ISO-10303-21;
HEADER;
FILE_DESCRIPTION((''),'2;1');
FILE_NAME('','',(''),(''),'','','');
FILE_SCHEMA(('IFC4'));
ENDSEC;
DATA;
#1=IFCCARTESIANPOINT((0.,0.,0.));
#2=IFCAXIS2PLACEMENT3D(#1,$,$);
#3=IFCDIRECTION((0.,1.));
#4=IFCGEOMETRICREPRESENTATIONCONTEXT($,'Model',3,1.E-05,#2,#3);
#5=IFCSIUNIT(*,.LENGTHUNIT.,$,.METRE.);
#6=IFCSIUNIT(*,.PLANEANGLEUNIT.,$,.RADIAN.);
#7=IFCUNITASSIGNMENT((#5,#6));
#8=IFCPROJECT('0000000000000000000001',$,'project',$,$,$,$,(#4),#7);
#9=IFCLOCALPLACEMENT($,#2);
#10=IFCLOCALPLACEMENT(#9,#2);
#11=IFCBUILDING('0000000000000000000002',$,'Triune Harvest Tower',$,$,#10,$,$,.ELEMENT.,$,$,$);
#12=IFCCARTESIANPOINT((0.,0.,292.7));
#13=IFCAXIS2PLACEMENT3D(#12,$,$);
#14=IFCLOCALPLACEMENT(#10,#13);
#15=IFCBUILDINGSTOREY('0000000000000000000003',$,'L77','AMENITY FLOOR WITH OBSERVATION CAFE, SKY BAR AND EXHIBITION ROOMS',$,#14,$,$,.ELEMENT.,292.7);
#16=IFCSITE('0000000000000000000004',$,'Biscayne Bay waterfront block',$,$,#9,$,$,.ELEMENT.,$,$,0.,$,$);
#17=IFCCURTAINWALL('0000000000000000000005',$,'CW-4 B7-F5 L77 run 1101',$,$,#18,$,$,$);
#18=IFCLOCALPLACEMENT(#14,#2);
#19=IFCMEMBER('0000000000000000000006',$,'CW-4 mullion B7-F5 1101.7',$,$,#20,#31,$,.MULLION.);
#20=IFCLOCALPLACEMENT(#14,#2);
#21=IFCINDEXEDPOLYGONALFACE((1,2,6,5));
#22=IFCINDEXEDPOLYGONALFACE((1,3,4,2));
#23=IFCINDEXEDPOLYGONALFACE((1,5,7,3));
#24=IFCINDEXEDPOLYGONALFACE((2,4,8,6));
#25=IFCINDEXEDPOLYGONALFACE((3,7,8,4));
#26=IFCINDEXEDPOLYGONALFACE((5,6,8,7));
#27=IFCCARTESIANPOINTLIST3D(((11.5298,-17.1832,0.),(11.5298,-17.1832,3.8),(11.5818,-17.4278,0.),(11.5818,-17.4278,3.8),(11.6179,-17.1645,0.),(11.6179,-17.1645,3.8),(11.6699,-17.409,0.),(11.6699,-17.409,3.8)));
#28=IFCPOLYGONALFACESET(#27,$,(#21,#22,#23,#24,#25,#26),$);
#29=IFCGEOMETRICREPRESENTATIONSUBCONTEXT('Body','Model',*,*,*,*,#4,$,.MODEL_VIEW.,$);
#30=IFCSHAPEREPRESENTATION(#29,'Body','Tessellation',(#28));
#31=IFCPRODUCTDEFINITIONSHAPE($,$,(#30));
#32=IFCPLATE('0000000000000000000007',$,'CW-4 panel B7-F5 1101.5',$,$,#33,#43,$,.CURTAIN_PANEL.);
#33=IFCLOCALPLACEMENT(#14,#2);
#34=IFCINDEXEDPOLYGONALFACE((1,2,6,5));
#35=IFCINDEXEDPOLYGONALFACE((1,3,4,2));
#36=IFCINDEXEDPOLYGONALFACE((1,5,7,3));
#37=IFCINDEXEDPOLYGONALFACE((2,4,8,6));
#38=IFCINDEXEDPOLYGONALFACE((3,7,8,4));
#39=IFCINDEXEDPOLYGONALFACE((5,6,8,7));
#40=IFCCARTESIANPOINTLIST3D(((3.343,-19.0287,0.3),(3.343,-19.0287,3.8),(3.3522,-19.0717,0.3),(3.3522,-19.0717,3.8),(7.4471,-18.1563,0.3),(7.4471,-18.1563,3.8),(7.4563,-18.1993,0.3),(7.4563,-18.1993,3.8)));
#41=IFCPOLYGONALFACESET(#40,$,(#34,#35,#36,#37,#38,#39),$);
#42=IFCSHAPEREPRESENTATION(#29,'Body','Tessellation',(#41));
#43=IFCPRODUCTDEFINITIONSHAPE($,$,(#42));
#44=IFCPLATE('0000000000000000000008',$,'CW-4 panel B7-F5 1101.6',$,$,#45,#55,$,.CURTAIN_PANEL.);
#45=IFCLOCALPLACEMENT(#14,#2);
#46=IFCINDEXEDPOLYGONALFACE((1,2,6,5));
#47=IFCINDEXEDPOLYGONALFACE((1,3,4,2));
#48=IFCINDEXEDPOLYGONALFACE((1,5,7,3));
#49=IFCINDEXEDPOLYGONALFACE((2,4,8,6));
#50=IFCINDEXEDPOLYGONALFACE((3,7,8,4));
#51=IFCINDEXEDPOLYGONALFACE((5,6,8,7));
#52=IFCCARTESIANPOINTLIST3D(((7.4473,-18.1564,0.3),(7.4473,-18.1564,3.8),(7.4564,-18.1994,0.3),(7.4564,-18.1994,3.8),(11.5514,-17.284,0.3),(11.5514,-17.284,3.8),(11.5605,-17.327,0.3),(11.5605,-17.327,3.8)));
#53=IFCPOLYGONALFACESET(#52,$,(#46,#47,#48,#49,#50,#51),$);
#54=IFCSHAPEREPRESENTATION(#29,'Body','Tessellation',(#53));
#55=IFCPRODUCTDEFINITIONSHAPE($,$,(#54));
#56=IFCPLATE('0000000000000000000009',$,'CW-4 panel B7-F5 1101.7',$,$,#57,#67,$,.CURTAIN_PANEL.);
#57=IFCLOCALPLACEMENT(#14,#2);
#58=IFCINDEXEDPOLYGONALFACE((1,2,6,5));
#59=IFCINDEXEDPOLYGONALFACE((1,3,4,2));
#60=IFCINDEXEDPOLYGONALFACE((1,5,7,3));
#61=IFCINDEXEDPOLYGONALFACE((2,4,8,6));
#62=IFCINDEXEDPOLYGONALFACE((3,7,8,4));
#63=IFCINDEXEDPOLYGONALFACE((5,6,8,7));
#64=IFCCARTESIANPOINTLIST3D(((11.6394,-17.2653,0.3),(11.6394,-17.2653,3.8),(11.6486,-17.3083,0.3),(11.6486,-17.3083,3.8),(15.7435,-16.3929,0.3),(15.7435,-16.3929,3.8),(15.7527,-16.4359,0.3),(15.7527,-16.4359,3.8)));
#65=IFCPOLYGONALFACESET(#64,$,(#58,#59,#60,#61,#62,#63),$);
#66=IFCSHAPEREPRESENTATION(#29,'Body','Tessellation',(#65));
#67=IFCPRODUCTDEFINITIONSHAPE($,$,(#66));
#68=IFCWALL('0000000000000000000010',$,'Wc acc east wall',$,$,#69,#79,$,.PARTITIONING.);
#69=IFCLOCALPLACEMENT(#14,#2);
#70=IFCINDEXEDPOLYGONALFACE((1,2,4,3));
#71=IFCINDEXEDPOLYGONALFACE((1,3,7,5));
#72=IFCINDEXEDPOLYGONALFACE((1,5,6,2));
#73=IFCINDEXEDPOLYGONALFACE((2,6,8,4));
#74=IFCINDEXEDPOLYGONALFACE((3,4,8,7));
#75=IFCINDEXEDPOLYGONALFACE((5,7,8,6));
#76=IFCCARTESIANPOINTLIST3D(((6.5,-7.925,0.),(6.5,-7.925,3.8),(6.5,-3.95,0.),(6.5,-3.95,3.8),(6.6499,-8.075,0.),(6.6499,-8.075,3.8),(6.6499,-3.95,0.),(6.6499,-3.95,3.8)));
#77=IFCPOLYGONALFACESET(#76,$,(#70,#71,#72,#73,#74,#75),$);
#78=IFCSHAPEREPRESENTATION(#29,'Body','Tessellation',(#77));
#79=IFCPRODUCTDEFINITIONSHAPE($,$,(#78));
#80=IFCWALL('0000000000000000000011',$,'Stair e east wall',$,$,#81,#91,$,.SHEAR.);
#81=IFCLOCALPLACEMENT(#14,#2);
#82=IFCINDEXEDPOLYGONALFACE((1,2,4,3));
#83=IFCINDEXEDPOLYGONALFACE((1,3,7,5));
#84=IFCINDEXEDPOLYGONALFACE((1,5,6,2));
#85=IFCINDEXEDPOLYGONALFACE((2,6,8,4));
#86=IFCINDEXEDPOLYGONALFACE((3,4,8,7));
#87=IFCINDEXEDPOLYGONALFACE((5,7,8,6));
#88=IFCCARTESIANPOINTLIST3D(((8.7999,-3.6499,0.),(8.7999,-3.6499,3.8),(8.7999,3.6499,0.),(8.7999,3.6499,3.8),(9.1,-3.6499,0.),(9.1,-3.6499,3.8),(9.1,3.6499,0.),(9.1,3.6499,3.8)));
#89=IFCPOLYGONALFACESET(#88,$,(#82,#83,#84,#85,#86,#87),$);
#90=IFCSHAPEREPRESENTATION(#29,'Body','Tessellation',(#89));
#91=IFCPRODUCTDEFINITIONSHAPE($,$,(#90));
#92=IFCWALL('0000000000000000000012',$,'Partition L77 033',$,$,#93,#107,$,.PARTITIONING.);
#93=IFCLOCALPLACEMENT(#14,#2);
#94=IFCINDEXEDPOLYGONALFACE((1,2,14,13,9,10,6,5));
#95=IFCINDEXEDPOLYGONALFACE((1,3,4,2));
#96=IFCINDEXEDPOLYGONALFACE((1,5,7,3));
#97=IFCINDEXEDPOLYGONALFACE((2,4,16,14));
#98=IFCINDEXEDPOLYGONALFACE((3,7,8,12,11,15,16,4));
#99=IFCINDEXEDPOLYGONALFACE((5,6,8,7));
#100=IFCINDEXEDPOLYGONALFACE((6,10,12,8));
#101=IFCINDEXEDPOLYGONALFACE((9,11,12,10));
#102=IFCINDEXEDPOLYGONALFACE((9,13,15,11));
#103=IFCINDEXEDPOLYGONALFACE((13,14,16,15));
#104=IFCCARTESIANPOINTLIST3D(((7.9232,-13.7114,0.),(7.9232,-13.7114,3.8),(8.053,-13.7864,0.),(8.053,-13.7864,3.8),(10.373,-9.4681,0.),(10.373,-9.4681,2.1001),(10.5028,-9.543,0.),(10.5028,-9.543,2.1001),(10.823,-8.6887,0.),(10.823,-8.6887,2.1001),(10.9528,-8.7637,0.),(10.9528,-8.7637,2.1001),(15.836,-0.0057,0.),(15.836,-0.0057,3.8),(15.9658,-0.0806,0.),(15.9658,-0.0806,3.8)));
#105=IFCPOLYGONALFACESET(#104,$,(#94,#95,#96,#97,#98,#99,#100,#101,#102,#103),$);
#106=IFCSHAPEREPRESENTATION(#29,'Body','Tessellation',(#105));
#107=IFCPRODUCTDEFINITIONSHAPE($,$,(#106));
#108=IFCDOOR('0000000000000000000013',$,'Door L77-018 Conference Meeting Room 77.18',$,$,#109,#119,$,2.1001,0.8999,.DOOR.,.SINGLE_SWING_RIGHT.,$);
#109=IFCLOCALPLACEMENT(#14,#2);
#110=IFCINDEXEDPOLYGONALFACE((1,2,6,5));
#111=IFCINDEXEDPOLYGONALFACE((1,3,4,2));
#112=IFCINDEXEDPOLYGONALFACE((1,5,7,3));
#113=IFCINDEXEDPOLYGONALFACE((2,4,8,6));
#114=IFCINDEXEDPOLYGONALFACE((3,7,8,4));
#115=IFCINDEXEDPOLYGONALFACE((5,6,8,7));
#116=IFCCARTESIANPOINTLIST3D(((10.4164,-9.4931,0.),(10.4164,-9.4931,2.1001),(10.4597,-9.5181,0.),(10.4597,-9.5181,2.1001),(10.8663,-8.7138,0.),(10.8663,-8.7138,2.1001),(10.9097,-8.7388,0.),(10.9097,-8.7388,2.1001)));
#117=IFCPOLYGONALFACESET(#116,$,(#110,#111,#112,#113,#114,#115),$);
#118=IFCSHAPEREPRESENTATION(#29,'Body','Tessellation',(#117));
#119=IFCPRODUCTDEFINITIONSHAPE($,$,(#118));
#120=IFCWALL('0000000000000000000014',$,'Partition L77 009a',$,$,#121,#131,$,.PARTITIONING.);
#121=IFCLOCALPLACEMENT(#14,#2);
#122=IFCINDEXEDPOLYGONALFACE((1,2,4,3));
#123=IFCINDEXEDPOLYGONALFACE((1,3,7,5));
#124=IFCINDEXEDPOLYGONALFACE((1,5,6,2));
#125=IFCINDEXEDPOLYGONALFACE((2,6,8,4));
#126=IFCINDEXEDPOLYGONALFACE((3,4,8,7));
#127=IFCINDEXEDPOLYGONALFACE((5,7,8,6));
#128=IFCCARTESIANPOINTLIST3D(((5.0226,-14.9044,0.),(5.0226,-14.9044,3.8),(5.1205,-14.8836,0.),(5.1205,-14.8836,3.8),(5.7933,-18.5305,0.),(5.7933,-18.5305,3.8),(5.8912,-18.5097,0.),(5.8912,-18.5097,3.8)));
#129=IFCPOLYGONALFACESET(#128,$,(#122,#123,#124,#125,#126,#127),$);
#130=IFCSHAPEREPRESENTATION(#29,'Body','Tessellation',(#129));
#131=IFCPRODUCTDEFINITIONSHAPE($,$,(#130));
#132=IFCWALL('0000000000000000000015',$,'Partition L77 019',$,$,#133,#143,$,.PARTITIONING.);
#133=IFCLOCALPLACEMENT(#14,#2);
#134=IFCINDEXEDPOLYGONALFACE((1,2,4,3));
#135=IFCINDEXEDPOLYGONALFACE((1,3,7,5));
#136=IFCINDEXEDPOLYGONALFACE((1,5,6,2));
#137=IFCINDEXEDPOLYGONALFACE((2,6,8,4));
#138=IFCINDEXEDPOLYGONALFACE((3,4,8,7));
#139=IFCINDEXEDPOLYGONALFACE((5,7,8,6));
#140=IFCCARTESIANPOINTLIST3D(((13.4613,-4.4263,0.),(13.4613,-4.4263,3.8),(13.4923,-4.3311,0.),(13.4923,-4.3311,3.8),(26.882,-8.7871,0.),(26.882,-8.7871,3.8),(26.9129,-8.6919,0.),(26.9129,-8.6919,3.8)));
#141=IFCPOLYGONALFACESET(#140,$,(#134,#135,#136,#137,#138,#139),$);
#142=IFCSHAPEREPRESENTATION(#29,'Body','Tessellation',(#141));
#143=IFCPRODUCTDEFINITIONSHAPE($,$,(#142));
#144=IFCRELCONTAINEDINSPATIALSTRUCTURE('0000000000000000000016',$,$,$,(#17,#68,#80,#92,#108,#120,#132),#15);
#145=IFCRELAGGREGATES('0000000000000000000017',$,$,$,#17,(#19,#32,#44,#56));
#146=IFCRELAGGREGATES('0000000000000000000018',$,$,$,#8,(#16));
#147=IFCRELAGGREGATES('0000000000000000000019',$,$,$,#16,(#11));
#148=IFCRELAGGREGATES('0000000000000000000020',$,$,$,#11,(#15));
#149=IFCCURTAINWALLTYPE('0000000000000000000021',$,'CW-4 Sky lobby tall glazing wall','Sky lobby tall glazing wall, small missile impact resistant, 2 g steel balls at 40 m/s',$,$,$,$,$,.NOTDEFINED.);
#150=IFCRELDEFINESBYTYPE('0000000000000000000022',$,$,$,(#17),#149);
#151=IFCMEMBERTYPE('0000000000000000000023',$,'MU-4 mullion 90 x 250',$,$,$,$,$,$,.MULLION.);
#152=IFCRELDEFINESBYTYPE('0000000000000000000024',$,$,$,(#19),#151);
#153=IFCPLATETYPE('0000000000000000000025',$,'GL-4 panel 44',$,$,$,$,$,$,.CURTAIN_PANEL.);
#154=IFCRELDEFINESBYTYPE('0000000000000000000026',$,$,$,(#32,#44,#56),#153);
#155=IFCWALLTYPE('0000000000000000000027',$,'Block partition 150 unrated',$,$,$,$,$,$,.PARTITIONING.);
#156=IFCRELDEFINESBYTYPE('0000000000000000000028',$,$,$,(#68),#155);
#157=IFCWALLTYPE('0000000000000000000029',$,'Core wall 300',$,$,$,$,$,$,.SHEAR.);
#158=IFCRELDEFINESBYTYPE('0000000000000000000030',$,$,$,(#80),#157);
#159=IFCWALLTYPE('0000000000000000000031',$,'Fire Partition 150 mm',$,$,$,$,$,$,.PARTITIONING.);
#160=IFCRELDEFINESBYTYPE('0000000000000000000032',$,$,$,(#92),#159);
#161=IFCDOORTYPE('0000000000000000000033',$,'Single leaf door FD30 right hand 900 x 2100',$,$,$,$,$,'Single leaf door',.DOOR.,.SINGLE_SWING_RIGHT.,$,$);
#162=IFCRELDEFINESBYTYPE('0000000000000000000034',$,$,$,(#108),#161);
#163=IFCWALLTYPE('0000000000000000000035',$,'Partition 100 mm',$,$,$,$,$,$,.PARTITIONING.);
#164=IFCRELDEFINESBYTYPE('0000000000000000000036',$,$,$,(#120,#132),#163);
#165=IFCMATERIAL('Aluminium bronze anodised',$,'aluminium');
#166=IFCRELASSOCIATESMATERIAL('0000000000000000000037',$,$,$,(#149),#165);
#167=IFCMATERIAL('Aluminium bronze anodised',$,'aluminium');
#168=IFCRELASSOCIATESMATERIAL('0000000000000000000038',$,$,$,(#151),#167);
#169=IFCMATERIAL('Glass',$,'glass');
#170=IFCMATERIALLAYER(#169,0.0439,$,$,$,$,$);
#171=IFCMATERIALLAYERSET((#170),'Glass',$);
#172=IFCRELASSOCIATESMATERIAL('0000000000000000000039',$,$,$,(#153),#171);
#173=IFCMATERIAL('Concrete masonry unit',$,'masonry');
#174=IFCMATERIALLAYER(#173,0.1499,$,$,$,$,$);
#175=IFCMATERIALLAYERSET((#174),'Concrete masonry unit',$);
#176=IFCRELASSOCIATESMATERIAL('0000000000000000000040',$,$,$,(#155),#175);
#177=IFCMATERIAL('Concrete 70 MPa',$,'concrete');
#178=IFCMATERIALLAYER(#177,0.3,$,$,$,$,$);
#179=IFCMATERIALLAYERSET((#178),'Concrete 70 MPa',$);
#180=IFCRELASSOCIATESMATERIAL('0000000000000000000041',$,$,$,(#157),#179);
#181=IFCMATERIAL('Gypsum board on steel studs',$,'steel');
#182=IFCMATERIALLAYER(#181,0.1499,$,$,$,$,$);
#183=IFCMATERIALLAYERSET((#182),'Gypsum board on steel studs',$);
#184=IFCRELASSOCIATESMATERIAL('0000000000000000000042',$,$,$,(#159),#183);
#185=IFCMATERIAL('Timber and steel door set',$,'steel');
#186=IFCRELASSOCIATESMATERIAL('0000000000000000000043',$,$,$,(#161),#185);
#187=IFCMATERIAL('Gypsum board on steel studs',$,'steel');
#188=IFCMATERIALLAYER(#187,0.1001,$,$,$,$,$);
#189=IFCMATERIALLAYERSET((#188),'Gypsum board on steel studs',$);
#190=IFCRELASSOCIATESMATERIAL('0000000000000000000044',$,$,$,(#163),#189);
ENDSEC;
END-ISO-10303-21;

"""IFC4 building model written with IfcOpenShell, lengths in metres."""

from ifc_helpers import new_model, si_unit, direction, frame, frame_2d, origin, origin_2d, place, context, subcontext, project, spatial, polyline, rectangle, outline, extrude, source, transform, mapped, material, layer, layer_set, material_profile, profile_set, type_object, element, fill, aggregate, save


model = new_model("IFC4")

# Units and contexts
model_context = context("Model", 3, precision=1e-05, world=origin(), true_north=direction((0.0, 1.0)))
body_context = subcontext(model_context, "Body", "Model", "MODEL_VIEW")
ifc_project = project(units=[si_unit("LENGTHUNIT", "METRE"), si_unit("PLANEANGLEUNIT", "RADIAN")], contexts=[model_context])

# Site, building, storey
site_placement = place(None, origin())
site = spatial("IfcSite", under=ifc_project, at=site_placement, Name="Biscayne Bay waterfront block", CompositionType="ELEMENT", RefElevation=0.0)
building_placement = place(site_placement, origin())
building = spatial("IfcBuilding", under=site, at=building_placement, Name="Triune Harvest Tower", CompositionType="ELEMENT")
storey_placement = place(building_placement, frame((0.0, 0.0, 292.7)))
storey = spatial("IfcBuildingStorey", under=building, at=storey_placement, Name="L77", Description="AMENITY FLOOR WITH OBSERVATION CAFE, SKY BAR AND EXHIBITION ROOMS", CompositionType="ELEMENT", Elevation=292.7)

# Curtain wall
ifc_material_1 = material(Name="Aluminium bronze anodised", Category="aluminium")
curtain_wall_type = type_object("IfcCurtainWallType", Name="CW-4 Sky lobby tall glazing wall", Description="Sky lobby tall glazing wall, small missile impact resistant, 2 g steel balls at 40 m/s", PredefinedType="NOTDEFINED", material=ifc_material_1)
curtain_wall_placement = place(storey_placement, origin())
curtain_wall = element("IfcCurtainWall", 1, at=curtain_wall_placement, inside=storey, type_object=curtain_wall_type, Name="CW-4 B7-F5 L77 run 1101")

# Member
ifc_material_2 = material(Name="Aluminium bronze anodised", Category="aluminium")
ifc_material_profile_1 = material_profile(ifc_material_2, rectangle(XDim=0.25, YDim=0.0901, at=origin_2d()), Name="MU-4 mullion 90 x 250")
ifc_profile_set_1 = profile_set([ifc_material_profile_1], Name="Aluminium bronze anodised")
member_type_1 = type_object("IfcMemberType", Name="MU-4 mullion 90 x 250", PredefinedType="MULLION", material=ifc_profile_set_1)
shared_shape_1 = source(origin(), body_context, "Body", "SweptSolid", [
    extrude(rectangle(XDim=0.25, YDim=0.0901, at=origin_2d()), origin(), (0.0, 0.0, 1.0), 3.8),
])
member_1_placement = place(storey_placement, frame((11.5999, -17.2961, 0.0), z_axis=(0.0, 0.0, 1.0), x_axis=(-0.20791, 0.978148, 0.0)))
member_1 = element("IfcMember", 2, at=member_1_placement, type_object=member_type_1, Name="CW-4 mullion B7-F5 1101.7", PredefinedType="MULLION", context=body_context, shape_type="MappedRepresentation", body=[
    mapped(shared_shape_1, transform((0.0, 0.0, 0.0), scale=1.0)),
])

# Plates
ifc_material_3 = material(Name="Glass", Category="glass")
ifc_layer_1 = layer(ifc_material_3, 0.0439)
ifc_layer_set_1 = layer_set([ifc_layer_1], Name="Glass")
plate_type = type_object("IfcPlateType", Name="GL-4 panel 44", PredefinedType="CURTAIN_PANEL", material=ifc_layer_set_1)
shared_shape_2 = source(origin(), body_context, "Body", "SweptSolid", [
    extrude(rectangle(XDim=4.1958, YDim=0.0439, at=origin_2d()), origin(), (0.0, 0.0, 1.0), 3.5),
])
plate_1_placement = place(storey_placement, frame((5.3997, -18.614, 0.3), z_axis=(0.0, 0.0, 1.0), x_axis=(0.978148, 0.20791, 0.0)))
plate_1 = element("IfcPlate", 3, at=plate_1_placement, type_object=plate_type, Name="CW-4 panel B7-F5 1101.5", PredefinedType="CURTAIN_PANEL", context=body_context, shape_type="MappedRepresentation", body=[
    mapped(shared_shape_2, transform((0.0, 0.0, 0.0), scale=1.0)),
])
plate_2_placement = place(storey_placement, frame((9.5039, -17.7417, 0.3), z_axis=(0.0, 0.0, 1.0), x_axis=(0.978148, 0.20791, 0.0)))
plate_2 = element("IfcPlate", 4, at=plate_2_placement, type_object=plate_type, Name="CW-4 panel B7-F5 1101.6", PredefinedType="CURTAIN_PANEL", context=body_context, shape_type="MappedRepresentation", body=[
    mapped(shared_shape_2, transform((0.0, 0.0, 0.0), scale=1.0)),
])
plate_3_placement = place(storey_placement, frame((13.696, -16.8506, 0.3), z_axis=(0.0, 0.0, 1.0), x_axis=(0.978148, 0.20791, 0.0)))
plate_3 = element("IfcPlate", 5, at=plate_3_placement, type_object=plate_type, Name="CW-4 panel B7-F5 1101.7", PredefinedType="CURTAIN_PANEL", context=body_context, shape_type="MappedRepresentation", body=[
    mapped(shared_shape_2, transform((0.0, 0.0, 0.0), scale=1.0)),
])
aggregate(curtain_wall, [member_1, plate_1, plate_2, plate_3])

# Walls
ifc_material_4 = material(Name="Concrete masonry unit", Category="masonry")
ifc_layer_2 = layer(ifc_material_4, 0.1499)
ifc_layer_set_2 = layer_set([ifc_layer_2], Name="Concrete masonry unit")
wall_type_1 = type_object("IfcWallType", Name="Block partition 150 unrated", PredefinedType="PARTITIONING", material=ifc_layer_set_2)
wall_1_placement = place(storey_placement, frame((6.575, -8.0, 0.0), z_axis=(0.0, 0.0, 1.0), x_axis=(0.0, 1.0, 0.0)))
element("IfcWall", 6, at=wall_1_placement, inside=storey, type_object=wall_type_1, Name="Wc acc east wall", PredefinedType="PARTITIONING", context=body_context, shape_type="SweptSolid", body=[
    extrude(outline(polyline([(-0.075, -0.075), (4.05, -0.075), (4.05, 0.075), (0.075, 0.075), (-0.075, -0.075)])), origin(), (0.0, 0.0, 1.0), 3.8),
])
ifc_material_5 = material(Name="Concrete 70 MPa", Category="concrete")
ifc_layer_3 = layer(ifc_material_5, 0.3)
ifc_layer_set_3 = layer_set([ifc_layer_3], Name="Concrete 70 MPa")
wall_type_2 = type_object("IfcWallType", Name="Core wall 300", PredefinedType="SHEAR", material=ifc_layer_set_3)
wall_2_placement = place(storey_placement, frame((8.95, -3.6499, 0.0), z_axis=(0.0, 0.0, 1.0), x_axis=(0.0, 1.0, 0.0)))
element("IfcWall", 7, at=wall_2_placement, inside=storey, type_object=wall_type_2, Name="Stair e east wall", PredefinedType="SHEAR", context=body_context, shape_type="SweptSolid", body=[
    extrude(rectangle(XDim=7.2998, YDim=0.3, at=frame_2d((3.6499, 0.0))), origin(), (0.0, 0.0, 1.0), 3.8),
])

# Wall, opening, door
ifc_material_6 = material(Name="Gypsum board on steel studs", Category="steel")
ifc_layer_4 = layer(ifc_material_6, 0.1499)
ifc_layer_set_4 = layer_set([ifc_layer_4], Name="Gypsum board on steel studs")
wall_type_3 = type_object("IfcWallType", Name="Fire Partition 150 mm", PredefinedType="PARTITIONING", material=ifc_layer_set_4)
wall_3_placement = place(storey_placement, frame((7.988, -13.749, 0.0), z_axis=(0.0, 0.0, 1.0), x_axis=(0.49999, 0.866031, 0.0)))
wall_3 = element("IfcWall", 8, at=wall_3_placement, inside=storey, type_object=wall_type_3, Name="Partition L77 033", PredefinedType="PARTITIONING", context=body_context, shape_type="SweptSolid", body=[
    extrude(rectangle(XDim=15.8259, YDim=0.1499, at=frame_2d((7.9131, 0.0))), origin(), (0.0, 0.0, 1.0), 3.8),
])
opening_1_placement = place(wall_3_placement, frame((4.8999, 0.0, 0.0)))
opening_1 = element("IfcOpeningElement", 9, at=opening_1_placement, cuts=wall_3, PredefinedType="OPENING", context=body_context, shape_type="SweptSolid", body=[
    extrude(rectangle(XDim=0.8999, YDim=2.1001, at=frame_2d((0.45, 1.05))), frame((0.0, 0.085, 0.0), z_axis=(0.0, -1.0, 0.0), x_axis=(1.0, 0.0, 0.0)), (0.0, 0.0, 1.0), 0.1699),
])
ifc_material_7 = material(Name="Timber and steel door set", Category="steel")
door_type_1 = type_object("IfcDoorType", Name="Single leaf door FD30 right hand 900 x 2100", ElementType="Single leaf door", OperationType="SINGLE_SWING_RIGHT", PredefinedType="DOOR", material=ifc_material_7)
door_1_placement = place(opening_1_placement, origin())
door_1 = element("IfcDoor", 10, at=door_1_placement, inside=storey, type_object=door_type_1, Name="Door L77-018 Conference Meeting Room 77.18", OperationType="SINGLE_SWING_RIGHT", OverallHeight=2.1001, OverallWidth=0.8999, PredefinedType="DOOR", context=body_context, shape_type="SweptSolid", body=[
    extrude(rectangle(XDim=0.8999, YDim=2.1001, at=frame_2d((0.45, 1.05))), frame((0.0, 0.0249, 0.0), z_axis=(0.0, -1.0, 0.0), x_axis=(1.0, 0.0, 0.0)), (0.0, 0.0, 1.0), 0.05),
])
fill(opening_1, door_1)

# Walls
ifc_material_8 = material(Name="Gypsum board on steel studs", Category="steel")
ifc_layer_5 = layer(ifc_material_8, 0.1001)
ifc_layer_set_5 = layer_set([ifc_layer_5], Name="Gypsum board on steel studs")
wall_type_4 = type_object("IfcWallType", Name="Partition 100 mm", PredefinedType="PARTITIONING", material=ifc_layer_set_5)
wall_4_placement = place(storey_placement, frame((5.0715, -14.894, 0.0), z_axis=(0.0, 0.0, 1.0), x_axis=(0.207919, -0.978146, 0.0)))
element("IfcWall", 11, at=wall_4_placement, inside=storey, type_object=wall_type_4, Name="Partition L77 009a", PredefinedType="PARTITIONING", context=body_context, shape_type="SweptSolid", body=[
    extrude(rectangle(XDim=3.707, YDim=0.1001, at=frame_2d((1.8535, 0.0))), origin(), (0.0, 0.0, 1.0), 3.8),
])
wall_5_placement = place(storey_placement, frame((13.4768, -4.3787, 0.0), z_axis=(0.0, 0.0, 1.0), x_axis=(0.951052, -0.30903, 0.0)))
element("IfcWall", 12, at=wall_5_placement, inside=storey, type_object=wall_type_4, Name="Partition L77 019", PredefinedType="PARTITIONING", context=body_context, shape_type="SweptSolid", body=[
    extrude(rectangle(XDim=14.1113, YDim=0.1001, at=frame_2d((7.0557, 0.0))), origin(), (0.0, 0.0, 1.0), 3.8),
])

save(model, "model.ifc")
